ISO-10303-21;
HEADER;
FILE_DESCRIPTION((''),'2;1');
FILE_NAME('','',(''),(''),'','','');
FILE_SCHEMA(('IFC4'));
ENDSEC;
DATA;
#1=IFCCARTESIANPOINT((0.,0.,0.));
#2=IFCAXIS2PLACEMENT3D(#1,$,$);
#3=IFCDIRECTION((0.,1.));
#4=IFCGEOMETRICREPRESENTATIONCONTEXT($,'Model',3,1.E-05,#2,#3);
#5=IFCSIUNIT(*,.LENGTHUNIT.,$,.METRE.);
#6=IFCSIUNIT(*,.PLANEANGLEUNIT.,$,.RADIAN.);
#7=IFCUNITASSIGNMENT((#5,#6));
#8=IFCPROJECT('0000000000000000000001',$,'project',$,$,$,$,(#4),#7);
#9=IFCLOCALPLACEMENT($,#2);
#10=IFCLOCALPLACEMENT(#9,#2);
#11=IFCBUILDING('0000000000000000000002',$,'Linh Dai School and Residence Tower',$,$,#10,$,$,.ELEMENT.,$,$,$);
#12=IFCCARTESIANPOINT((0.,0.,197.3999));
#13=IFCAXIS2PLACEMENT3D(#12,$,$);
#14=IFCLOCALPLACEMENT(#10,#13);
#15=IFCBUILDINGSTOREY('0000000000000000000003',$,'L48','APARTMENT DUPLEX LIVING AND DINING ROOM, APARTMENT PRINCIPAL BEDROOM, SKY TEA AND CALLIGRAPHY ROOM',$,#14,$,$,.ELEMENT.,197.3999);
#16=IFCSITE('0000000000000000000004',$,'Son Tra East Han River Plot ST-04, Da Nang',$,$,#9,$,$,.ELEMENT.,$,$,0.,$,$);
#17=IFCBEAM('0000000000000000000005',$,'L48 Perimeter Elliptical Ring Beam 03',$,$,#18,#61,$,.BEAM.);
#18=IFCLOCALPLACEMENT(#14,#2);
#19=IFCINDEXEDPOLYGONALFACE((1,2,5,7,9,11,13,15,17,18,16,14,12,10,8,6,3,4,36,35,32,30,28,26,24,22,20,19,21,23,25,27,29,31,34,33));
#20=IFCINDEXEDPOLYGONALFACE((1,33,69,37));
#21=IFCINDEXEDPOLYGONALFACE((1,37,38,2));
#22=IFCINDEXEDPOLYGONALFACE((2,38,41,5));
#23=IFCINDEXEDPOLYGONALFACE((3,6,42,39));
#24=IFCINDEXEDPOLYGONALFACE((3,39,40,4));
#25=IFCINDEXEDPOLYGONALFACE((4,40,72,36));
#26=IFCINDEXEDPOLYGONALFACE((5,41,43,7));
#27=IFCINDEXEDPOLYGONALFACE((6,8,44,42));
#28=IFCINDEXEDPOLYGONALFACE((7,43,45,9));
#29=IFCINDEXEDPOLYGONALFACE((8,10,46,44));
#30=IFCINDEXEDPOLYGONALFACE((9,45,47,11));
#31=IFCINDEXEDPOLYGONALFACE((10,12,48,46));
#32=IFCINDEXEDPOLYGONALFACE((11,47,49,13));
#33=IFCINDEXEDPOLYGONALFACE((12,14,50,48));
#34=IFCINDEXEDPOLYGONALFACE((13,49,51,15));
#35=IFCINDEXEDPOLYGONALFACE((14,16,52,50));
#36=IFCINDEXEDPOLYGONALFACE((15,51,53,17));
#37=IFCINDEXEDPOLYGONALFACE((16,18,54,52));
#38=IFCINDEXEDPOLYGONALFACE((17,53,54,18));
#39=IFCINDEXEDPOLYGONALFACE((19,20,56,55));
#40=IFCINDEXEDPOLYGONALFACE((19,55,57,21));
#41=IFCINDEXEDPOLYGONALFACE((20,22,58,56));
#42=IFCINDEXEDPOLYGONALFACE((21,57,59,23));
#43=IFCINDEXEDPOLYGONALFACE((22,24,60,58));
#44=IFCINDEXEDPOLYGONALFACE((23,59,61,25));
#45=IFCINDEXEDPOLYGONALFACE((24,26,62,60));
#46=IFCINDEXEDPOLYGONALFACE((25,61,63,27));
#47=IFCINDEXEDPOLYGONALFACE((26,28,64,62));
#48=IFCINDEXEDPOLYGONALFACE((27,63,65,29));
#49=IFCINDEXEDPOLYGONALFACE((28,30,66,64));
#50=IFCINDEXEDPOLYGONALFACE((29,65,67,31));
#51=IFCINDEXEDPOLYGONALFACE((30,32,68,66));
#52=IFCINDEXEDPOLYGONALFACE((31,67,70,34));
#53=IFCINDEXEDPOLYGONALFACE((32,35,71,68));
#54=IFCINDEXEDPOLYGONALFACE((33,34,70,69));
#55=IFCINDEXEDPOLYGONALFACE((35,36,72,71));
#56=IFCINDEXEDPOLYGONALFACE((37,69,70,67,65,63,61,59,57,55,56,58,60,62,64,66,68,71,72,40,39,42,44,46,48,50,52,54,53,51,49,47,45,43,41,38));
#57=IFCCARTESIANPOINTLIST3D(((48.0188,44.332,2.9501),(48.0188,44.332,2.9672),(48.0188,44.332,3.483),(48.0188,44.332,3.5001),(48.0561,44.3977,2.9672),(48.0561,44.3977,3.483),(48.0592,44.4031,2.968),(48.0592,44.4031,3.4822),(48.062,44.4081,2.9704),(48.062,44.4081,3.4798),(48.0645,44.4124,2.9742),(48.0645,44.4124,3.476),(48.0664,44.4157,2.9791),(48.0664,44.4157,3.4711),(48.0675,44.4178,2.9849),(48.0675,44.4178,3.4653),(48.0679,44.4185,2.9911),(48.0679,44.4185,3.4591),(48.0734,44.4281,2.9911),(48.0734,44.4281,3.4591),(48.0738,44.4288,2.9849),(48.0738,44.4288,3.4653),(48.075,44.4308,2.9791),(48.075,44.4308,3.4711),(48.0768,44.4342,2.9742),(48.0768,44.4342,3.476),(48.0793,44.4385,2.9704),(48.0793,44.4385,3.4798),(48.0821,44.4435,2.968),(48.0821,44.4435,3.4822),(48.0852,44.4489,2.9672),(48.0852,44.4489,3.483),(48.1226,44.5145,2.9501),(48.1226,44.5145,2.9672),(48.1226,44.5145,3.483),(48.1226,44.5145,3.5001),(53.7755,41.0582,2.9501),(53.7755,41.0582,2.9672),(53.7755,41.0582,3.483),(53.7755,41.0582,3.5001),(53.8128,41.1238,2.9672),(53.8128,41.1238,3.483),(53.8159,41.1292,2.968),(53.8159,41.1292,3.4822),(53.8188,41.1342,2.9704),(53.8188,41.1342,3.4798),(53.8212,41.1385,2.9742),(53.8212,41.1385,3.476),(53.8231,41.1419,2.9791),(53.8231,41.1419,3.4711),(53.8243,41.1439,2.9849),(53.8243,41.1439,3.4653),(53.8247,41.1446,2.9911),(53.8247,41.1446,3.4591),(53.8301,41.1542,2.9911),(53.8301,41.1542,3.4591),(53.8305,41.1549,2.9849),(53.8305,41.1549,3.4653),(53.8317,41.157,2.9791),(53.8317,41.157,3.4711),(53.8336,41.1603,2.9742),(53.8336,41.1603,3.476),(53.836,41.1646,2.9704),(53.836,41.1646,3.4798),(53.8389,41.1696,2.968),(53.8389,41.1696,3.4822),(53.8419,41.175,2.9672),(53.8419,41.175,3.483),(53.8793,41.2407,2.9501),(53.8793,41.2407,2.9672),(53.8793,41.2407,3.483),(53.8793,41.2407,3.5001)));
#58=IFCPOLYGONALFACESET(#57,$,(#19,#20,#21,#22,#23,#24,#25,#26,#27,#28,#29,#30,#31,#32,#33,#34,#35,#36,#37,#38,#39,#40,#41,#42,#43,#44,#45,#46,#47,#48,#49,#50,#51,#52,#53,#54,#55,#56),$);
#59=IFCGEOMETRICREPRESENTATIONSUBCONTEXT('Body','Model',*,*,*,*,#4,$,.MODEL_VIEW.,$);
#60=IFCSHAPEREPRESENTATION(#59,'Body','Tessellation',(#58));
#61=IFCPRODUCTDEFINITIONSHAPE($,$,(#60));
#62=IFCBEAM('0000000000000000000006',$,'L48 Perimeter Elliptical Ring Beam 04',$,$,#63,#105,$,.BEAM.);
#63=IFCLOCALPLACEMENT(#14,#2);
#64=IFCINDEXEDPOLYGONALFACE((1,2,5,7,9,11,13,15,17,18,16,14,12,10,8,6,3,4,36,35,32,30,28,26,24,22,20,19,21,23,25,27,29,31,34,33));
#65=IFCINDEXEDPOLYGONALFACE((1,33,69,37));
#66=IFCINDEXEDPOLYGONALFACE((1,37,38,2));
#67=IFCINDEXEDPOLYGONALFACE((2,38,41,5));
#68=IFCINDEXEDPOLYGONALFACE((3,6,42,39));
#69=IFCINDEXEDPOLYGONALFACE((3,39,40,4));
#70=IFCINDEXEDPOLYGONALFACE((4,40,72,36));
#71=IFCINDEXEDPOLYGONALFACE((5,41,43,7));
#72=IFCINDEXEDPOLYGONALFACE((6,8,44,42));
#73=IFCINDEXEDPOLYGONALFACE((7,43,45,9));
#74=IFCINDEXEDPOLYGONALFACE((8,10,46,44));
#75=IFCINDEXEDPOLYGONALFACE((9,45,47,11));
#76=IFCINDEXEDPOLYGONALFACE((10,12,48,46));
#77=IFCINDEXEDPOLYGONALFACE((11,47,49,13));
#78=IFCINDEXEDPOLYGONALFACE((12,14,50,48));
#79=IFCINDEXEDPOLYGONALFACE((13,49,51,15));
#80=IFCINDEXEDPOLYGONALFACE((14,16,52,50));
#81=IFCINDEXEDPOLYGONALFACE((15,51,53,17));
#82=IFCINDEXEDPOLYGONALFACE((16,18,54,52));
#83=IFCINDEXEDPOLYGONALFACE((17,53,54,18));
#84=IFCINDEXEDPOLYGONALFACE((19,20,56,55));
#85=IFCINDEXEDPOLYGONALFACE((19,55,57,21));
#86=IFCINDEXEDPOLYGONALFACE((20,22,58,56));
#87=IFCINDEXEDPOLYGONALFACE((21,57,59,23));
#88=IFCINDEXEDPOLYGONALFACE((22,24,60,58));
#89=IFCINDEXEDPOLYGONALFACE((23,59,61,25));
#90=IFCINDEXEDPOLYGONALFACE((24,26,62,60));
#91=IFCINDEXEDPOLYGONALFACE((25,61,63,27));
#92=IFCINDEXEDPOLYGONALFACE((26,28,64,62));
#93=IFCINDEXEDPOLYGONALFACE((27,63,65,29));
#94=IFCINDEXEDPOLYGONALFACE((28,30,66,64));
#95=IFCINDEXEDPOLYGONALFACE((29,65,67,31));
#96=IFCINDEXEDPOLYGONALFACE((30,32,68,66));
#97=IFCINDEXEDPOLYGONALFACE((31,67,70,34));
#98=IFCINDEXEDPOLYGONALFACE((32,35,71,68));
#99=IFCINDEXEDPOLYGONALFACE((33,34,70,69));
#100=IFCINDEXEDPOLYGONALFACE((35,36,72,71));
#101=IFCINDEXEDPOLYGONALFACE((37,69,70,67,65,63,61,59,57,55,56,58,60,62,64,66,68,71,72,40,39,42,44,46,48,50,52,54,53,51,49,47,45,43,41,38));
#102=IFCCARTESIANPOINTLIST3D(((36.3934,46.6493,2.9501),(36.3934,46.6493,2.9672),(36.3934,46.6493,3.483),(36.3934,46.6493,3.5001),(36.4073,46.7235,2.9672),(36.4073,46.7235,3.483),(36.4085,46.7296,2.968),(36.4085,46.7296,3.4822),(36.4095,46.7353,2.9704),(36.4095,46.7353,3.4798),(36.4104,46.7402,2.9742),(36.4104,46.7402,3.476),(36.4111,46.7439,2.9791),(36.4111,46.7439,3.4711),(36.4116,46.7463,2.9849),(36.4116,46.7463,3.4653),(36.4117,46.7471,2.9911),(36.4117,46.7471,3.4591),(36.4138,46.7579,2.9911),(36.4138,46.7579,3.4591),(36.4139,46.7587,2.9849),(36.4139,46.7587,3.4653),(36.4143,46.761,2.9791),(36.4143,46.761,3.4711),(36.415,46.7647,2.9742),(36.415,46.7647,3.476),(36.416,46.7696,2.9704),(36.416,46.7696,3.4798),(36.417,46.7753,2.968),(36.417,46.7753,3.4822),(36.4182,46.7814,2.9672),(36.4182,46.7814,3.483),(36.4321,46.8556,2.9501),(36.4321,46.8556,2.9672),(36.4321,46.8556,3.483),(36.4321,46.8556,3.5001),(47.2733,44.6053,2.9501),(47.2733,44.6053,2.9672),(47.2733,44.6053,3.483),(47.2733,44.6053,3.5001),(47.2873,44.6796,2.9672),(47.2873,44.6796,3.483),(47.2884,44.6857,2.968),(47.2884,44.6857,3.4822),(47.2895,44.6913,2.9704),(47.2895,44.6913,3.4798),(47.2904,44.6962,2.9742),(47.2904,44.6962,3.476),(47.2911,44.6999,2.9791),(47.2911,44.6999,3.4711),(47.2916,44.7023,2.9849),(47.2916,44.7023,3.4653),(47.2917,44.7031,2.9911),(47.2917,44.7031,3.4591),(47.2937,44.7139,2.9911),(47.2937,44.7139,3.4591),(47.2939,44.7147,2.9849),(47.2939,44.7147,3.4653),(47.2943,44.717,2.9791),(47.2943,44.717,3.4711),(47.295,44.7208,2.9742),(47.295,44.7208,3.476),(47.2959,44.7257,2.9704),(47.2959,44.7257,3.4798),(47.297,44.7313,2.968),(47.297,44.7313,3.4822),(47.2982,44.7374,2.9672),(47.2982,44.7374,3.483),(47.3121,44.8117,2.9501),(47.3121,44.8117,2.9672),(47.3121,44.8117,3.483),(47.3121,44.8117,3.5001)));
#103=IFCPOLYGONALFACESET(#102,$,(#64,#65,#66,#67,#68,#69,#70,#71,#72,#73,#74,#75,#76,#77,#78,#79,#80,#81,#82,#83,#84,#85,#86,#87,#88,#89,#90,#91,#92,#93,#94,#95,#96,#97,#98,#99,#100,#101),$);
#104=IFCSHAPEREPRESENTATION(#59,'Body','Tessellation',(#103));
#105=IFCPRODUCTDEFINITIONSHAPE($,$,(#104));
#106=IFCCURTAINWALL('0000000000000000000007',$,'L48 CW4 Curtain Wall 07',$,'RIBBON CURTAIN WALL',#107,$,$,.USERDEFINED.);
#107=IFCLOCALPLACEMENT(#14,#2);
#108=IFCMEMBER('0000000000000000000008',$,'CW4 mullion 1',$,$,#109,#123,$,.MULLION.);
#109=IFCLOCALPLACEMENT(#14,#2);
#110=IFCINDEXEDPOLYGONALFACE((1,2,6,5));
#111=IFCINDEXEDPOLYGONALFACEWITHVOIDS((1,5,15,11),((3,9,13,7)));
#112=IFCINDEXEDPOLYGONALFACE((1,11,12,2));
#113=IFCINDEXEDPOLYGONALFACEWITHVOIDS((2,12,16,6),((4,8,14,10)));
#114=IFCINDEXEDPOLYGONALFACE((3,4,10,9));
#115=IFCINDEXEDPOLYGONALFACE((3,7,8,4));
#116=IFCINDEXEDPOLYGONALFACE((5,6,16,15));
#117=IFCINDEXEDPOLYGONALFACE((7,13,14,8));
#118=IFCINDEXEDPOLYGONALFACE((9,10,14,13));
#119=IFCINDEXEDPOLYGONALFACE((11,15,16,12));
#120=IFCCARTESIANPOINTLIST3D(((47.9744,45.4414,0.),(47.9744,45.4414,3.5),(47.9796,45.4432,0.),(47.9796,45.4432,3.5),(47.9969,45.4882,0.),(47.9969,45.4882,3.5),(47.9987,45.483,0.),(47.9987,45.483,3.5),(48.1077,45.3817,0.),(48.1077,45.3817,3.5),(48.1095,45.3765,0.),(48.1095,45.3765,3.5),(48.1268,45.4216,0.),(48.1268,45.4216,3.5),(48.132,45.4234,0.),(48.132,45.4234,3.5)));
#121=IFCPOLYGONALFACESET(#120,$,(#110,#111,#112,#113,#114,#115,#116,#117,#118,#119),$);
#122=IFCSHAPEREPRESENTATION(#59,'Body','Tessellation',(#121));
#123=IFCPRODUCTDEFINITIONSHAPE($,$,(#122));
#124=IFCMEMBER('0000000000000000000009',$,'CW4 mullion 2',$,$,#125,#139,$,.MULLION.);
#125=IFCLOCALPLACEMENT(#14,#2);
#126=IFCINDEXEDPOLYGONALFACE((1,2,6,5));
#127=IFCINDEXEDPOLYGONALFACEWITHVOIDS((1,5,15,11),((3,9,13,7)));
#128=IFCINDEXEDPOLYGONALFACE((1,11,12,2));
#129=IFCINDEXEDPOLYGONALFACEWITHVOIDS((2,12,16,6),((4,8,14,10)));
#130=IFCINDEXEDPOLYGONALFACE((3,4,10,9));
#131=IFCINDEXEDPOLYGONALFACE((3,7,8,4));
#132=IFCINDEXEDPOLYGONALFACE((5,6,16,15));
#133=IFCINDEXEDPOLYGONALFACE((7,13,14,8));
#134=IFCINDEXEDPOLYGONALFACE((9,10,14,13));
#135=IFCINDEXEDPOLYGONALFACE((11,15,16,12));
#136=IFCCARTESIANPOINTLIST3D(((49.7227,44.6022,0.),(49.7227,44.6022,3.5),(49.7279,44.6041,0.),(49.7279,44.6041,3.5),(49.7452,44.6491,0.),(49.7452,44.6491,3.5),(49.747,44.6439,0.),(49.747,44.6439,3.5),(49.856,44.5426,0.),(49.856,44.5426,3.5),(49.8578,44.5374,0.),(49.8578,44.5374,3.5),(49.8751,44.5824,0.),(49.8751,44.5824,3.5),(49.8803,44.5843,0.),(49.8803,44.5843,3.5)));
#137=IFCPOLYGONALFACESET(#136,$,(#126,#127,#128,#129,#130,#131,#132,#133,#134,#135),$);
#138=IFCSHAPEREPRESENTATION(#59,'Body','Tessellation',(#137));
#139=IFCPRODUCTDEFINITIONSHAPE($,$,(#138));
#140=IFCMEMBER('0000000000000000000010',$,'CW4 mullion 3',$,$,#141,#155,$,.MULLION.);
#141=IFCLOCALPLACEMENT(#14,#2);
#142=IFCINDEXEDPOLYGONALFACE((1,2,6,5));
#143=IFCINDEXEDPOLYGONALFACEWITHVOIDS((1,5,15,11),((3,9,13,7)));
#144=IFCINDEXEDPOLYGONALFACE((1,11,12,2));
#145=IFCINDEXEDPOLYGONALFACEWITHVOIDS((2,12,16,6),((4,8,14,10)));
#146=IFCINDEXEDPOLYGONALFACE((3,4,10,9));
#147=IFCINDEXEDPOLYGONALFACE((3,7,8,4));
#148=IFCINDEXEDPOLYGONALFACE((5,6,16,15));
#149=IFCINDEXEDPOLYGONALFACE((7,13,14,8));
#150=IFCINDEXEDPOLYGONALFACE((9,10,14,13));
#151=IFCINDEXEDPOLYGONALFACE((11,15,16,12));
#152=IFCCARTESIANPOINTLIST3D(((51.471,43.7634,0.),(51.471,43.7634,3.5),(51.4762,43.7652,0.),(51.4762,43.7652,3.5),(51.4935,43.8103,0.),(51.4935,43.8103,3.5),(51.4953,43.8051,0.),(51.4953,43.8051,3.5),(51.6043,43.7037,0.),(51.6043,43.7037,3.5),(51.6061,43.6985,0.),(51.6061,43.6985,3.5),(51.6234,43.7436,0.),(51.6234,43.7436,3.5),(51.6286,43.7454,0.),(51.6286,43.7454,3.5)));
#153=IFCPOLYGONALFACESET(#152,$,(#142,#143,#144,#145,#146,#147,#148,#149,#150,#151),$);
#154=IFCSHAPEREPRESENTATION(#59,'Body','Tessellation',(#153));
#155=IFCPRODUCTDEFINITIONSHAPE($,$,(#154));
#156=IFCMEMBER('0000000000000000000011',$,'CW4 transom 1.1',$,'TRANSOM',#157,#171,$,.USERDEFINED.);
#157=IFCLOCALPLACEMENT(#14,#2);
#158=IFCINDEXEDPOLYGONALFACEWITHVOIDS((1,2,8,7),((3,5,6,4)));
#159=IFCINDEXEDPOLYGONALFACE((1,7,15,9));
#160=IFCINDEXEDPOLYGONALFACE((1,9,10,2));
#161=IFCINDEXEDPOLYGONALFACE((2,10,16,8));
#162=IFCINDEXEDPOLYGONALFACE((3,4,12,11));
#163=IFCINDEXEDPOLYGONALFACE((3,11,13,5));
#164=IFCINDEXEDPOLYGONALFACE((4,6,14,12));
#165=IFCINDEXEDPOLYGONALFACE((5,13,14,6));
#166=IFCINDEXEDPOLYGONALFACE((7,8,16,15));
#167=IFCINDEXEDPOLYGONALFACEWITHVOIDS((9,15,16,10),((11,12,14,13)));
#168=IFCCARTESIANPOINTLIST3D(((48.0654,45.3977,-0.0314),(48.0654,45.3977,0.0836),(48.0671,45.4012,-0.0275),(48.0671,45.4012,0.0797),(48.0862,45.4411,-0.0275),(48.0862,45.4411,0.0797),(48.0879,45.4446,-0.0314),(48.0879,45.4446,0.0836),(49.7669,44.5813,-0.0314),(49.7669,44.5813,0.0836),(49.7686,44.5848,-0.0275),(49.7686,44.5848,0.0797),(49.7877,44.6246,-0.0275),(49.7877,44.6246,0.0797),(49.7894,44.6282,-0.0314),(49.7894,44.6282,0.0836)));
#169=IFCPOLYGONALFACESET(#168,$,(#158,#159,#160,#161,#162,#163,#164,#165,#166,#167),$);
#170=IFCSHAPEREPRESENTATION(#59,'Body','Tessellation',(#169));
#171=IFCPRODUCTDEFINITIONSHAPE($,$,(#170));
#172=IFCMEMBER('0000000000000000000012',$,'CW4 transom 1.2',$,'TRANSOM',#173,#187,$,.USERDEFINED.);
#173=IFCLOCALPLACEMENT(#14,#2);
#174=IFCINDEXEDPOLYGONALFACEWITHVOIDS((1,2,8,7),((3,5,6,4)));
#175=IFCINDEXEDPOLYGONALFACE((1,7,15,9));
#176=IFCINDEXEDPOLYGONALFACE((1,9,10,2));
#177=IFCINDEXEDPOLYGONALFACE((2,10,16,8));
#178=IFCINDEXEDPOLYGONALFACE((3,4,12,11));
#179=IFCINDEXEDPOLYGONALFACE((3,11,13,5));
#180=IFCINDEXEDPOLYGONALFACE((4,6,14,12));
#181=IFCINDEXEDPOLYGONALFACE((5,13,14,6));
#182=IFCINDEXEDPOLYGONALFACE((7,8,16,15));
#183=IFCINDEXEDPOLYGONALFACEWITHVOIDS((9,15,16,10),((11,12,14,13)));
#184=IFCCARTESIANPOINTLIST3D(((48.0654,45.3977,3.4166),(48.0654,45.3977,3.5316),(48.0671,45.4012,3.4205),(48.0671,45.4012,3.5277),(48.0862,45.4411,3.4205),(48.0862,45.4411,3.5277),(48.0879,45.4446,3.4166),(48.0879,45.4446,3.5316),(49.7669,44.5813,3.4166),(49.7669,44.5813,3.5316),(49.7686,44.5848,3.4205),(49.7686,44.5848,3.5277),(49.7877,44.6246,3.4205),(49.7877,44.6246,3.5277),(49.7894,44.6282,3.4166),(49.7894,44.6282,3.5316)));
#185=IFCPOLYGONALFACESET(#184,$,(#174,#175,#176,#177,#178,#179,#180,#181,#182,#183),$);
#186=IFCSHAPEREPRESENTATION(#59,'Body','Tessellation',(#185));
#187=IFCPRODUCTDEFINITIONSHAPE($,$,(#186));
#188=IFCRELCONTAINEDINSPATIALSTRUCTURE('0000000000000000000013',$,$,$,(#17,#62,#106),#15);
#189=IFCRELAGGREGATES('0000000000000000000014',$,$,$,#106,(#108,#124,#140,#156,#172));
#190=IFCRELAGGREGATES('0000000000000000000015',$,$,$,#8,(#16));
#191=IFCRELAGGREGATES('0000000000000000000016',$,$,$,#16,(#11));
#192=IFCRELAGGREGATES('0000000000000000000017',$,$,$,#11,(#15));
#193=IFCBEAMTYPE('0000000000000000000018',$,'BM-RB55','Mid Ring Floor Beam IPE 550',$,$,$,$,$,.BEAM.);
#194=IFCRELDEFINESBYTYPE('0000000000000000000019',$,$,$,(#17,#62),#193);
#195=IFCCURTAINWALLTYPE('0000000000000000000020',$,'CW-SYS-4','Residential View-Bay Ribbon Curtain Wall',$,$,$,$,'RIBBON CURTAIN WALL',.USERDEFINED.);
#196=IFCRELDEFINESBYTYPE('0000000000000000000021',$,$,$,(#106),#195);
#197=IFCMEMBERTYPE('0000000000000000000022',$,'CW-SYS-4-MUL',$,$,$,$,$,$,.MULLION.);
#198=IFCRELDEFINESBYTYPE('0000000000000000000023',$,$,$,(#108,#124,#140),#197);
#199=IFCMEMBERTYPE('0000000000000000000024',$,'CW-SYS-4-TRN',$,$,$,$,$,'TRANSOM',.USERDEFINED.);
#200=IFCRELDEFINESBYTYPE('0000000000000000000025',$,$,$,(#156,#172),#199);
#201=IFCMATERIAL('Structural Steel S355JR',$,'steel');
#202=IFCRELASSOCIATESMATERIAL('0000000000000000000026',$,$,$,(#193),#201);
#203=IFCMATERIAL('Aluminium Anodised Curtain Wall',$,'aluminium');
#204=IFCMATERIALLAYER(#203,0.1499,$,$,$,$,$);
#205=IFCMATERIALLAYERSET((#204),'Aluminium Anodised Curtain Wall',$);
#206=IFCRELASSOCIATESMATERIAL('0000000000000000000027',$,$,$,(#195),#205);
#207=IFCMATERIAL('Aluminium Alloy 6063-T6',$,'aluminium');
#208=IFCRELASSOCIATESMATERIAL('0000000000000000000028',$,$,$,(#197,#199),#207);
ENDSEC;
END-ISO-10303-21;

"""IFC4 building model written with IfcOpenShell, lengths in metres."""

from ifc_helpers import new_model, si_unit, direction, frame, origin, origin_2d, place, context, subcontext, project, spatial, hollow_rectangle, i_section, extrude, source, transform, mapped, material, layer, layer_set, material_profile, profile_set, type_object, element, aggregate, save


model = new_model("IFC4")

# Units and contexts
model_context = context("Model", 3, precision=1e-05, world=origin(), true_north=direction((0.0, 1.0)))
body_context = subcontext(model_context, "Body", "Model", "MODEL_VIEW")
ifc_project = project(units=[si_unit("LENGTHUNIT", "METRE"), si_unit("PLANEANGLEUNIT", "RADIAN")], contexts=[model_context])

# Site, building, storey
site_placement = place(None, origin())
site = spatial("IfcSite", under=ifc_project, at=site_placement, Name="Son Tra East Han River Plot ST-04, Da Nang", CompositionType="ELEMENT", RefElevation=0.0)
building_placement = place(site_placement, origin())
building = spatial("IfcBuilding", under=site, at=building_placement, Name="Linh Dai School and Residence Tower", CompositionType="ELEMENT")
storey_placement = place(building_placement, frame((0.0, 0.0, 197.3999)))
storey = spatial("IfcBuildingStorey", under=building, at=storey_placement, Name="L48", Description="APARTMENT DUPLEX LIVING AND DINING ROOM, APARTMENT PRINCIPAL BEDROOM, SKY TEA AND CALLIGRAPHY ROOM", CompositionType="ELEMENT", Elevation=197.3999)

# Shared definitions
ifc_material_1 = material(Name="Structural Steel S355JR", Category="steel")

# Beams
ifc_material_profile_1 = material_profile(ifc_material_1, i_section(OverallWidth=0.21, OverallDepth=0.55, WebThickness=0.011, FlangeThickness=0.0171, FilletRadius=0.0239, at=origin_2d()), Name="IPE 550")
ifc_profile_set_1 = profile_set([ifc_material_profile_1], Name="Structural Steel S355JR")
beam_type = type_object("IfcBeamType", Name="BM-RB55", Description="Mid Ring Floor Beam IPE 550", PredefinedType="BEAM", material=ifc_profile_set_1)
beam_1_placement = place(storey_placement, frame((53.8274, 41.1494, 3.2251), z_axis=(-0.869262, 0.494351, 0.0), x_axis=(-0.494351, -0.869262, 0.0)))
element("IfcBeam", 1, at=beam_1_placement, inside=storey, type_object=beam_type, Name="L48 Perimeter Elliptical Ring Beam 03", PredefinedType="BEAM", context=body_context, shape_type="SweptSolid", body=[
    extrude(i_section(OverallWidth=0.21, OverallDepth=0.55, WebThickness=0.011, FlangeThickness=0.0171, FilletRadius=0.0239, at=origin_2d()), origin(), (0.0, 0.0, 1.0), 6.6226),
])
beam_2_placement = place(storey_placement, frame((47.2927, 44.7085, 3.2251), z_axis=(-0.982807, 0.184635, 0.0), x_axis=(-0.184635, -0.982807, 0.0)))
element("IfcBeam", 2, at=beam_2_placement, inside=storey, type_object=beam_type, Name="L48 Perimeter Elliptical Ring Beam 04", PredefinedType="BEAM", context=body_context, shape_type="SweptSolid", body=[
    extrude(i_section(OverallWidth=0.21, OverallDepth=0.55, WebThickness=0.011, FlangeThickness=0.0171, FilletRadius=0.0239, at=origin_2d()), origin(), (0.0, 0.0, 1.0), 11.0703),
])

# Curtain wall, members
ifc_material_2 = material(Name="Aluminium Anodised Curtain Wall", Category="aluminium")
ifc_layer_1 = layer(ifc_material_2, 0.1499)
ifc_layer_set_1 = layer_set([ifc_layer_1], Name="Aluminium Anodised Curtain Wall")
curtain_wall_type = type_object("IfcCurtainWallType", Name="CW-SYS-4", Description="Residential View-Bay Ribbon Curtain Wall", ElementType="RIBBON CURTAIN WALL", PredefinedType="USERDEFINED", material=ifc_layer_set_1)
curtain_wall_placement = place(storey_placement, origin())
curtain_wall = element("IfcCurtainWall", 3, at=curtain_wall_placement, inside=storey, type_object=curtain_wall_type, Name="L48 CW4 Curtain Wall 07", ObjectType="RIBBON CURTAIN WALL", PredefinedType="USERDEFINED")
ifc_material_3 = material(Name="Aluminium Alloy 6063-T6", Category="aluminium")
ifc_material_profile_2 = material_profile(ifc_material_3, hollow_rectangle(XDim=0.052, YDim=0.1499, WallThickness=0.0039, at=origin_2d()), Name="RHS 150x52x4")
ifc_profile_set_2 = profile_set([ifc_material_profile_2], Name="Aluminium Alloy 6063-T6")
member_type_1 = type_object("IfcMemberType", Name="CW-SYS-4-MUL", PredefinedType="MULLION", material=ifc_profile_set_2)
shared_shape_1 = source(origin(), body_context, "Body", "SweptSolid", [
    extrude(hollow_rectangle(XDim=0.052, YDim=0.1499, WallThickness=0.0039, at=origin_2d()), origin(), (0.0, 0.0, 1.0), 3.5),
])
member_1_placement = place(storey_placement, frame((48.0532, 45.4324, 0.0), z_axis=(0.0, 0.0, 1.0), x_axis=(0.432635, 0.901569, 0.0)))
member_1 = element("IfcMember", 4, at=member_1_placement, type_object=member_type_1, Name="CW4 mullion 1", PredefinedType="MULLION", context=body_context, shape_type="MappedRepresentation", body=[
    mapped(shared_shape_1, transform((0.0, 0.0, 0.0), x_axis=(1.0, 0.0, 0.0), y_axis=(0.0, 1.0, 0.0), z_axis=(0.0, 0.0, 1.0), scale=1.0)),
])
member_2_placement = place(storey_placement, frame((49.8015, 44.5933, 0.0), z_axis=(0.0, 0.0, 1.0), x_axis=(0.432635, 0.901569, 0.0)))
member_2 = element("IfcMember", 5, at=member_2_placement, type_object=member_type_1, Name="CW4 mullion 2", PredefinedType="MULLION", context=body_context, shape_type="MappedRepresentation", body=[
    mapped(shared_shape_1, transform((0.0, 0.0, 0.0), x_axis=(1.0, 0.0, 0.0), y_axis=(0.0, 1.0, 0.0), z_axis=(0.0, 0.0, 1.0), scale=1.0)),
])
member_3_placement = place(storey_placement, frame((51.5498, 43.7544, 0.0), z_axis=(0.0, 0.0, 1.0), x_axis=(0.432635, 0.901569, 0.0)))
member_3 = element("IfcMember", 6, at=member_3_placement, type_object=member_type_1, Name="CW4 mullion 3", PredefinedType="MULLION", context=body_context, shape_type="MappedRepresentation", body=[
    mapped(shared_shape_1, transform((0.0, 0.0, 0.0), x_axis=(1.0, 0.0, 0.0), y_axis=(0.0, 1.0, 0.0), z_axis=(0.0, 0.0, 1.0), scale=1.0)),
])
ifc_material_profile_3 = material_profile(ifc_material_3, hollow_rectangle(XDim=0.052, YDim=0.115, WallThickness=0.0039, at=origin_2d()), Name="RHS 115x52x4")
ifc_profile_set_3 = profile_set([ifc_material_profile_3], Name="Aluminium Alloy 6063-T6")
member_type_2 = type_object("IfcMemberType", Name="CW-SYS-4-TRN", ElementType="TRANSOM", PredefinedType="USERDEFINED", material=ifc_profile_set_3)
shared_shape_2 = source(origin(), body_context, "Body", "SweptSolid", [
    extrude(hollow_rectangle(XDim=0.052, YDim=0.115, WallThickness=0.0039, at=origin_2d()), origin(), (0.0, 0.0, 1.0), 1.8872),
])
member_4_placement = place(storey_placement, frame((48.0767, 45.4211, 0.0261), z_axis=(0.90158, -0.432613, 0.0), x_axis=(0.432613, 0.90158, 0.0)))
member_4 = element("IfcMember", 7, at=member_4_placement, type_object=member_type_2, Name="CW4 transom 1.1", ObjectType="TRANSOM", PredefinedType="USERDEFINED", context=body_context, shape_type="MappedRepresentation", body=[
    mapped(shared_shape_2, transform((0.0, 0.0, 0.0), x_axis=(1.0, 0.0, 0.0), y_axis=(0.0, 1.0, 0.0), z_axis=(0.0, 0.0, 1.0), scale=1.0)),
])
member_5_placement = place(storey_placement, frame((48.0767, 45.4211, 3.4741), z_axis=(0.90158, -0.432613, 0.0), x_axis=(0.432613, 0.90158, 0.0)))
member_5 = element("IfcMember", 8, at=member_5_placement, type_object=member_type_2, Name="CW4 transom 1.2", ObjectType="TRANSOM", PredefinedType="USERDEFINED", context=body_context, shape_type="MappedRepresentation", body=[
    mapped(shared_shape_2, transform((0.0, 0.0, 0.0), x_axis=(1.0, 0.0, 0.0), y_axis=(0.0, 1.0, 0.0), z_axis=(0.0, 0.0, 1.0), scale=1.0)),
])

aggregate(curtain_wall, [member_1, member_2, member_3, member_4, member_5])

save(model, "model.ifc")
